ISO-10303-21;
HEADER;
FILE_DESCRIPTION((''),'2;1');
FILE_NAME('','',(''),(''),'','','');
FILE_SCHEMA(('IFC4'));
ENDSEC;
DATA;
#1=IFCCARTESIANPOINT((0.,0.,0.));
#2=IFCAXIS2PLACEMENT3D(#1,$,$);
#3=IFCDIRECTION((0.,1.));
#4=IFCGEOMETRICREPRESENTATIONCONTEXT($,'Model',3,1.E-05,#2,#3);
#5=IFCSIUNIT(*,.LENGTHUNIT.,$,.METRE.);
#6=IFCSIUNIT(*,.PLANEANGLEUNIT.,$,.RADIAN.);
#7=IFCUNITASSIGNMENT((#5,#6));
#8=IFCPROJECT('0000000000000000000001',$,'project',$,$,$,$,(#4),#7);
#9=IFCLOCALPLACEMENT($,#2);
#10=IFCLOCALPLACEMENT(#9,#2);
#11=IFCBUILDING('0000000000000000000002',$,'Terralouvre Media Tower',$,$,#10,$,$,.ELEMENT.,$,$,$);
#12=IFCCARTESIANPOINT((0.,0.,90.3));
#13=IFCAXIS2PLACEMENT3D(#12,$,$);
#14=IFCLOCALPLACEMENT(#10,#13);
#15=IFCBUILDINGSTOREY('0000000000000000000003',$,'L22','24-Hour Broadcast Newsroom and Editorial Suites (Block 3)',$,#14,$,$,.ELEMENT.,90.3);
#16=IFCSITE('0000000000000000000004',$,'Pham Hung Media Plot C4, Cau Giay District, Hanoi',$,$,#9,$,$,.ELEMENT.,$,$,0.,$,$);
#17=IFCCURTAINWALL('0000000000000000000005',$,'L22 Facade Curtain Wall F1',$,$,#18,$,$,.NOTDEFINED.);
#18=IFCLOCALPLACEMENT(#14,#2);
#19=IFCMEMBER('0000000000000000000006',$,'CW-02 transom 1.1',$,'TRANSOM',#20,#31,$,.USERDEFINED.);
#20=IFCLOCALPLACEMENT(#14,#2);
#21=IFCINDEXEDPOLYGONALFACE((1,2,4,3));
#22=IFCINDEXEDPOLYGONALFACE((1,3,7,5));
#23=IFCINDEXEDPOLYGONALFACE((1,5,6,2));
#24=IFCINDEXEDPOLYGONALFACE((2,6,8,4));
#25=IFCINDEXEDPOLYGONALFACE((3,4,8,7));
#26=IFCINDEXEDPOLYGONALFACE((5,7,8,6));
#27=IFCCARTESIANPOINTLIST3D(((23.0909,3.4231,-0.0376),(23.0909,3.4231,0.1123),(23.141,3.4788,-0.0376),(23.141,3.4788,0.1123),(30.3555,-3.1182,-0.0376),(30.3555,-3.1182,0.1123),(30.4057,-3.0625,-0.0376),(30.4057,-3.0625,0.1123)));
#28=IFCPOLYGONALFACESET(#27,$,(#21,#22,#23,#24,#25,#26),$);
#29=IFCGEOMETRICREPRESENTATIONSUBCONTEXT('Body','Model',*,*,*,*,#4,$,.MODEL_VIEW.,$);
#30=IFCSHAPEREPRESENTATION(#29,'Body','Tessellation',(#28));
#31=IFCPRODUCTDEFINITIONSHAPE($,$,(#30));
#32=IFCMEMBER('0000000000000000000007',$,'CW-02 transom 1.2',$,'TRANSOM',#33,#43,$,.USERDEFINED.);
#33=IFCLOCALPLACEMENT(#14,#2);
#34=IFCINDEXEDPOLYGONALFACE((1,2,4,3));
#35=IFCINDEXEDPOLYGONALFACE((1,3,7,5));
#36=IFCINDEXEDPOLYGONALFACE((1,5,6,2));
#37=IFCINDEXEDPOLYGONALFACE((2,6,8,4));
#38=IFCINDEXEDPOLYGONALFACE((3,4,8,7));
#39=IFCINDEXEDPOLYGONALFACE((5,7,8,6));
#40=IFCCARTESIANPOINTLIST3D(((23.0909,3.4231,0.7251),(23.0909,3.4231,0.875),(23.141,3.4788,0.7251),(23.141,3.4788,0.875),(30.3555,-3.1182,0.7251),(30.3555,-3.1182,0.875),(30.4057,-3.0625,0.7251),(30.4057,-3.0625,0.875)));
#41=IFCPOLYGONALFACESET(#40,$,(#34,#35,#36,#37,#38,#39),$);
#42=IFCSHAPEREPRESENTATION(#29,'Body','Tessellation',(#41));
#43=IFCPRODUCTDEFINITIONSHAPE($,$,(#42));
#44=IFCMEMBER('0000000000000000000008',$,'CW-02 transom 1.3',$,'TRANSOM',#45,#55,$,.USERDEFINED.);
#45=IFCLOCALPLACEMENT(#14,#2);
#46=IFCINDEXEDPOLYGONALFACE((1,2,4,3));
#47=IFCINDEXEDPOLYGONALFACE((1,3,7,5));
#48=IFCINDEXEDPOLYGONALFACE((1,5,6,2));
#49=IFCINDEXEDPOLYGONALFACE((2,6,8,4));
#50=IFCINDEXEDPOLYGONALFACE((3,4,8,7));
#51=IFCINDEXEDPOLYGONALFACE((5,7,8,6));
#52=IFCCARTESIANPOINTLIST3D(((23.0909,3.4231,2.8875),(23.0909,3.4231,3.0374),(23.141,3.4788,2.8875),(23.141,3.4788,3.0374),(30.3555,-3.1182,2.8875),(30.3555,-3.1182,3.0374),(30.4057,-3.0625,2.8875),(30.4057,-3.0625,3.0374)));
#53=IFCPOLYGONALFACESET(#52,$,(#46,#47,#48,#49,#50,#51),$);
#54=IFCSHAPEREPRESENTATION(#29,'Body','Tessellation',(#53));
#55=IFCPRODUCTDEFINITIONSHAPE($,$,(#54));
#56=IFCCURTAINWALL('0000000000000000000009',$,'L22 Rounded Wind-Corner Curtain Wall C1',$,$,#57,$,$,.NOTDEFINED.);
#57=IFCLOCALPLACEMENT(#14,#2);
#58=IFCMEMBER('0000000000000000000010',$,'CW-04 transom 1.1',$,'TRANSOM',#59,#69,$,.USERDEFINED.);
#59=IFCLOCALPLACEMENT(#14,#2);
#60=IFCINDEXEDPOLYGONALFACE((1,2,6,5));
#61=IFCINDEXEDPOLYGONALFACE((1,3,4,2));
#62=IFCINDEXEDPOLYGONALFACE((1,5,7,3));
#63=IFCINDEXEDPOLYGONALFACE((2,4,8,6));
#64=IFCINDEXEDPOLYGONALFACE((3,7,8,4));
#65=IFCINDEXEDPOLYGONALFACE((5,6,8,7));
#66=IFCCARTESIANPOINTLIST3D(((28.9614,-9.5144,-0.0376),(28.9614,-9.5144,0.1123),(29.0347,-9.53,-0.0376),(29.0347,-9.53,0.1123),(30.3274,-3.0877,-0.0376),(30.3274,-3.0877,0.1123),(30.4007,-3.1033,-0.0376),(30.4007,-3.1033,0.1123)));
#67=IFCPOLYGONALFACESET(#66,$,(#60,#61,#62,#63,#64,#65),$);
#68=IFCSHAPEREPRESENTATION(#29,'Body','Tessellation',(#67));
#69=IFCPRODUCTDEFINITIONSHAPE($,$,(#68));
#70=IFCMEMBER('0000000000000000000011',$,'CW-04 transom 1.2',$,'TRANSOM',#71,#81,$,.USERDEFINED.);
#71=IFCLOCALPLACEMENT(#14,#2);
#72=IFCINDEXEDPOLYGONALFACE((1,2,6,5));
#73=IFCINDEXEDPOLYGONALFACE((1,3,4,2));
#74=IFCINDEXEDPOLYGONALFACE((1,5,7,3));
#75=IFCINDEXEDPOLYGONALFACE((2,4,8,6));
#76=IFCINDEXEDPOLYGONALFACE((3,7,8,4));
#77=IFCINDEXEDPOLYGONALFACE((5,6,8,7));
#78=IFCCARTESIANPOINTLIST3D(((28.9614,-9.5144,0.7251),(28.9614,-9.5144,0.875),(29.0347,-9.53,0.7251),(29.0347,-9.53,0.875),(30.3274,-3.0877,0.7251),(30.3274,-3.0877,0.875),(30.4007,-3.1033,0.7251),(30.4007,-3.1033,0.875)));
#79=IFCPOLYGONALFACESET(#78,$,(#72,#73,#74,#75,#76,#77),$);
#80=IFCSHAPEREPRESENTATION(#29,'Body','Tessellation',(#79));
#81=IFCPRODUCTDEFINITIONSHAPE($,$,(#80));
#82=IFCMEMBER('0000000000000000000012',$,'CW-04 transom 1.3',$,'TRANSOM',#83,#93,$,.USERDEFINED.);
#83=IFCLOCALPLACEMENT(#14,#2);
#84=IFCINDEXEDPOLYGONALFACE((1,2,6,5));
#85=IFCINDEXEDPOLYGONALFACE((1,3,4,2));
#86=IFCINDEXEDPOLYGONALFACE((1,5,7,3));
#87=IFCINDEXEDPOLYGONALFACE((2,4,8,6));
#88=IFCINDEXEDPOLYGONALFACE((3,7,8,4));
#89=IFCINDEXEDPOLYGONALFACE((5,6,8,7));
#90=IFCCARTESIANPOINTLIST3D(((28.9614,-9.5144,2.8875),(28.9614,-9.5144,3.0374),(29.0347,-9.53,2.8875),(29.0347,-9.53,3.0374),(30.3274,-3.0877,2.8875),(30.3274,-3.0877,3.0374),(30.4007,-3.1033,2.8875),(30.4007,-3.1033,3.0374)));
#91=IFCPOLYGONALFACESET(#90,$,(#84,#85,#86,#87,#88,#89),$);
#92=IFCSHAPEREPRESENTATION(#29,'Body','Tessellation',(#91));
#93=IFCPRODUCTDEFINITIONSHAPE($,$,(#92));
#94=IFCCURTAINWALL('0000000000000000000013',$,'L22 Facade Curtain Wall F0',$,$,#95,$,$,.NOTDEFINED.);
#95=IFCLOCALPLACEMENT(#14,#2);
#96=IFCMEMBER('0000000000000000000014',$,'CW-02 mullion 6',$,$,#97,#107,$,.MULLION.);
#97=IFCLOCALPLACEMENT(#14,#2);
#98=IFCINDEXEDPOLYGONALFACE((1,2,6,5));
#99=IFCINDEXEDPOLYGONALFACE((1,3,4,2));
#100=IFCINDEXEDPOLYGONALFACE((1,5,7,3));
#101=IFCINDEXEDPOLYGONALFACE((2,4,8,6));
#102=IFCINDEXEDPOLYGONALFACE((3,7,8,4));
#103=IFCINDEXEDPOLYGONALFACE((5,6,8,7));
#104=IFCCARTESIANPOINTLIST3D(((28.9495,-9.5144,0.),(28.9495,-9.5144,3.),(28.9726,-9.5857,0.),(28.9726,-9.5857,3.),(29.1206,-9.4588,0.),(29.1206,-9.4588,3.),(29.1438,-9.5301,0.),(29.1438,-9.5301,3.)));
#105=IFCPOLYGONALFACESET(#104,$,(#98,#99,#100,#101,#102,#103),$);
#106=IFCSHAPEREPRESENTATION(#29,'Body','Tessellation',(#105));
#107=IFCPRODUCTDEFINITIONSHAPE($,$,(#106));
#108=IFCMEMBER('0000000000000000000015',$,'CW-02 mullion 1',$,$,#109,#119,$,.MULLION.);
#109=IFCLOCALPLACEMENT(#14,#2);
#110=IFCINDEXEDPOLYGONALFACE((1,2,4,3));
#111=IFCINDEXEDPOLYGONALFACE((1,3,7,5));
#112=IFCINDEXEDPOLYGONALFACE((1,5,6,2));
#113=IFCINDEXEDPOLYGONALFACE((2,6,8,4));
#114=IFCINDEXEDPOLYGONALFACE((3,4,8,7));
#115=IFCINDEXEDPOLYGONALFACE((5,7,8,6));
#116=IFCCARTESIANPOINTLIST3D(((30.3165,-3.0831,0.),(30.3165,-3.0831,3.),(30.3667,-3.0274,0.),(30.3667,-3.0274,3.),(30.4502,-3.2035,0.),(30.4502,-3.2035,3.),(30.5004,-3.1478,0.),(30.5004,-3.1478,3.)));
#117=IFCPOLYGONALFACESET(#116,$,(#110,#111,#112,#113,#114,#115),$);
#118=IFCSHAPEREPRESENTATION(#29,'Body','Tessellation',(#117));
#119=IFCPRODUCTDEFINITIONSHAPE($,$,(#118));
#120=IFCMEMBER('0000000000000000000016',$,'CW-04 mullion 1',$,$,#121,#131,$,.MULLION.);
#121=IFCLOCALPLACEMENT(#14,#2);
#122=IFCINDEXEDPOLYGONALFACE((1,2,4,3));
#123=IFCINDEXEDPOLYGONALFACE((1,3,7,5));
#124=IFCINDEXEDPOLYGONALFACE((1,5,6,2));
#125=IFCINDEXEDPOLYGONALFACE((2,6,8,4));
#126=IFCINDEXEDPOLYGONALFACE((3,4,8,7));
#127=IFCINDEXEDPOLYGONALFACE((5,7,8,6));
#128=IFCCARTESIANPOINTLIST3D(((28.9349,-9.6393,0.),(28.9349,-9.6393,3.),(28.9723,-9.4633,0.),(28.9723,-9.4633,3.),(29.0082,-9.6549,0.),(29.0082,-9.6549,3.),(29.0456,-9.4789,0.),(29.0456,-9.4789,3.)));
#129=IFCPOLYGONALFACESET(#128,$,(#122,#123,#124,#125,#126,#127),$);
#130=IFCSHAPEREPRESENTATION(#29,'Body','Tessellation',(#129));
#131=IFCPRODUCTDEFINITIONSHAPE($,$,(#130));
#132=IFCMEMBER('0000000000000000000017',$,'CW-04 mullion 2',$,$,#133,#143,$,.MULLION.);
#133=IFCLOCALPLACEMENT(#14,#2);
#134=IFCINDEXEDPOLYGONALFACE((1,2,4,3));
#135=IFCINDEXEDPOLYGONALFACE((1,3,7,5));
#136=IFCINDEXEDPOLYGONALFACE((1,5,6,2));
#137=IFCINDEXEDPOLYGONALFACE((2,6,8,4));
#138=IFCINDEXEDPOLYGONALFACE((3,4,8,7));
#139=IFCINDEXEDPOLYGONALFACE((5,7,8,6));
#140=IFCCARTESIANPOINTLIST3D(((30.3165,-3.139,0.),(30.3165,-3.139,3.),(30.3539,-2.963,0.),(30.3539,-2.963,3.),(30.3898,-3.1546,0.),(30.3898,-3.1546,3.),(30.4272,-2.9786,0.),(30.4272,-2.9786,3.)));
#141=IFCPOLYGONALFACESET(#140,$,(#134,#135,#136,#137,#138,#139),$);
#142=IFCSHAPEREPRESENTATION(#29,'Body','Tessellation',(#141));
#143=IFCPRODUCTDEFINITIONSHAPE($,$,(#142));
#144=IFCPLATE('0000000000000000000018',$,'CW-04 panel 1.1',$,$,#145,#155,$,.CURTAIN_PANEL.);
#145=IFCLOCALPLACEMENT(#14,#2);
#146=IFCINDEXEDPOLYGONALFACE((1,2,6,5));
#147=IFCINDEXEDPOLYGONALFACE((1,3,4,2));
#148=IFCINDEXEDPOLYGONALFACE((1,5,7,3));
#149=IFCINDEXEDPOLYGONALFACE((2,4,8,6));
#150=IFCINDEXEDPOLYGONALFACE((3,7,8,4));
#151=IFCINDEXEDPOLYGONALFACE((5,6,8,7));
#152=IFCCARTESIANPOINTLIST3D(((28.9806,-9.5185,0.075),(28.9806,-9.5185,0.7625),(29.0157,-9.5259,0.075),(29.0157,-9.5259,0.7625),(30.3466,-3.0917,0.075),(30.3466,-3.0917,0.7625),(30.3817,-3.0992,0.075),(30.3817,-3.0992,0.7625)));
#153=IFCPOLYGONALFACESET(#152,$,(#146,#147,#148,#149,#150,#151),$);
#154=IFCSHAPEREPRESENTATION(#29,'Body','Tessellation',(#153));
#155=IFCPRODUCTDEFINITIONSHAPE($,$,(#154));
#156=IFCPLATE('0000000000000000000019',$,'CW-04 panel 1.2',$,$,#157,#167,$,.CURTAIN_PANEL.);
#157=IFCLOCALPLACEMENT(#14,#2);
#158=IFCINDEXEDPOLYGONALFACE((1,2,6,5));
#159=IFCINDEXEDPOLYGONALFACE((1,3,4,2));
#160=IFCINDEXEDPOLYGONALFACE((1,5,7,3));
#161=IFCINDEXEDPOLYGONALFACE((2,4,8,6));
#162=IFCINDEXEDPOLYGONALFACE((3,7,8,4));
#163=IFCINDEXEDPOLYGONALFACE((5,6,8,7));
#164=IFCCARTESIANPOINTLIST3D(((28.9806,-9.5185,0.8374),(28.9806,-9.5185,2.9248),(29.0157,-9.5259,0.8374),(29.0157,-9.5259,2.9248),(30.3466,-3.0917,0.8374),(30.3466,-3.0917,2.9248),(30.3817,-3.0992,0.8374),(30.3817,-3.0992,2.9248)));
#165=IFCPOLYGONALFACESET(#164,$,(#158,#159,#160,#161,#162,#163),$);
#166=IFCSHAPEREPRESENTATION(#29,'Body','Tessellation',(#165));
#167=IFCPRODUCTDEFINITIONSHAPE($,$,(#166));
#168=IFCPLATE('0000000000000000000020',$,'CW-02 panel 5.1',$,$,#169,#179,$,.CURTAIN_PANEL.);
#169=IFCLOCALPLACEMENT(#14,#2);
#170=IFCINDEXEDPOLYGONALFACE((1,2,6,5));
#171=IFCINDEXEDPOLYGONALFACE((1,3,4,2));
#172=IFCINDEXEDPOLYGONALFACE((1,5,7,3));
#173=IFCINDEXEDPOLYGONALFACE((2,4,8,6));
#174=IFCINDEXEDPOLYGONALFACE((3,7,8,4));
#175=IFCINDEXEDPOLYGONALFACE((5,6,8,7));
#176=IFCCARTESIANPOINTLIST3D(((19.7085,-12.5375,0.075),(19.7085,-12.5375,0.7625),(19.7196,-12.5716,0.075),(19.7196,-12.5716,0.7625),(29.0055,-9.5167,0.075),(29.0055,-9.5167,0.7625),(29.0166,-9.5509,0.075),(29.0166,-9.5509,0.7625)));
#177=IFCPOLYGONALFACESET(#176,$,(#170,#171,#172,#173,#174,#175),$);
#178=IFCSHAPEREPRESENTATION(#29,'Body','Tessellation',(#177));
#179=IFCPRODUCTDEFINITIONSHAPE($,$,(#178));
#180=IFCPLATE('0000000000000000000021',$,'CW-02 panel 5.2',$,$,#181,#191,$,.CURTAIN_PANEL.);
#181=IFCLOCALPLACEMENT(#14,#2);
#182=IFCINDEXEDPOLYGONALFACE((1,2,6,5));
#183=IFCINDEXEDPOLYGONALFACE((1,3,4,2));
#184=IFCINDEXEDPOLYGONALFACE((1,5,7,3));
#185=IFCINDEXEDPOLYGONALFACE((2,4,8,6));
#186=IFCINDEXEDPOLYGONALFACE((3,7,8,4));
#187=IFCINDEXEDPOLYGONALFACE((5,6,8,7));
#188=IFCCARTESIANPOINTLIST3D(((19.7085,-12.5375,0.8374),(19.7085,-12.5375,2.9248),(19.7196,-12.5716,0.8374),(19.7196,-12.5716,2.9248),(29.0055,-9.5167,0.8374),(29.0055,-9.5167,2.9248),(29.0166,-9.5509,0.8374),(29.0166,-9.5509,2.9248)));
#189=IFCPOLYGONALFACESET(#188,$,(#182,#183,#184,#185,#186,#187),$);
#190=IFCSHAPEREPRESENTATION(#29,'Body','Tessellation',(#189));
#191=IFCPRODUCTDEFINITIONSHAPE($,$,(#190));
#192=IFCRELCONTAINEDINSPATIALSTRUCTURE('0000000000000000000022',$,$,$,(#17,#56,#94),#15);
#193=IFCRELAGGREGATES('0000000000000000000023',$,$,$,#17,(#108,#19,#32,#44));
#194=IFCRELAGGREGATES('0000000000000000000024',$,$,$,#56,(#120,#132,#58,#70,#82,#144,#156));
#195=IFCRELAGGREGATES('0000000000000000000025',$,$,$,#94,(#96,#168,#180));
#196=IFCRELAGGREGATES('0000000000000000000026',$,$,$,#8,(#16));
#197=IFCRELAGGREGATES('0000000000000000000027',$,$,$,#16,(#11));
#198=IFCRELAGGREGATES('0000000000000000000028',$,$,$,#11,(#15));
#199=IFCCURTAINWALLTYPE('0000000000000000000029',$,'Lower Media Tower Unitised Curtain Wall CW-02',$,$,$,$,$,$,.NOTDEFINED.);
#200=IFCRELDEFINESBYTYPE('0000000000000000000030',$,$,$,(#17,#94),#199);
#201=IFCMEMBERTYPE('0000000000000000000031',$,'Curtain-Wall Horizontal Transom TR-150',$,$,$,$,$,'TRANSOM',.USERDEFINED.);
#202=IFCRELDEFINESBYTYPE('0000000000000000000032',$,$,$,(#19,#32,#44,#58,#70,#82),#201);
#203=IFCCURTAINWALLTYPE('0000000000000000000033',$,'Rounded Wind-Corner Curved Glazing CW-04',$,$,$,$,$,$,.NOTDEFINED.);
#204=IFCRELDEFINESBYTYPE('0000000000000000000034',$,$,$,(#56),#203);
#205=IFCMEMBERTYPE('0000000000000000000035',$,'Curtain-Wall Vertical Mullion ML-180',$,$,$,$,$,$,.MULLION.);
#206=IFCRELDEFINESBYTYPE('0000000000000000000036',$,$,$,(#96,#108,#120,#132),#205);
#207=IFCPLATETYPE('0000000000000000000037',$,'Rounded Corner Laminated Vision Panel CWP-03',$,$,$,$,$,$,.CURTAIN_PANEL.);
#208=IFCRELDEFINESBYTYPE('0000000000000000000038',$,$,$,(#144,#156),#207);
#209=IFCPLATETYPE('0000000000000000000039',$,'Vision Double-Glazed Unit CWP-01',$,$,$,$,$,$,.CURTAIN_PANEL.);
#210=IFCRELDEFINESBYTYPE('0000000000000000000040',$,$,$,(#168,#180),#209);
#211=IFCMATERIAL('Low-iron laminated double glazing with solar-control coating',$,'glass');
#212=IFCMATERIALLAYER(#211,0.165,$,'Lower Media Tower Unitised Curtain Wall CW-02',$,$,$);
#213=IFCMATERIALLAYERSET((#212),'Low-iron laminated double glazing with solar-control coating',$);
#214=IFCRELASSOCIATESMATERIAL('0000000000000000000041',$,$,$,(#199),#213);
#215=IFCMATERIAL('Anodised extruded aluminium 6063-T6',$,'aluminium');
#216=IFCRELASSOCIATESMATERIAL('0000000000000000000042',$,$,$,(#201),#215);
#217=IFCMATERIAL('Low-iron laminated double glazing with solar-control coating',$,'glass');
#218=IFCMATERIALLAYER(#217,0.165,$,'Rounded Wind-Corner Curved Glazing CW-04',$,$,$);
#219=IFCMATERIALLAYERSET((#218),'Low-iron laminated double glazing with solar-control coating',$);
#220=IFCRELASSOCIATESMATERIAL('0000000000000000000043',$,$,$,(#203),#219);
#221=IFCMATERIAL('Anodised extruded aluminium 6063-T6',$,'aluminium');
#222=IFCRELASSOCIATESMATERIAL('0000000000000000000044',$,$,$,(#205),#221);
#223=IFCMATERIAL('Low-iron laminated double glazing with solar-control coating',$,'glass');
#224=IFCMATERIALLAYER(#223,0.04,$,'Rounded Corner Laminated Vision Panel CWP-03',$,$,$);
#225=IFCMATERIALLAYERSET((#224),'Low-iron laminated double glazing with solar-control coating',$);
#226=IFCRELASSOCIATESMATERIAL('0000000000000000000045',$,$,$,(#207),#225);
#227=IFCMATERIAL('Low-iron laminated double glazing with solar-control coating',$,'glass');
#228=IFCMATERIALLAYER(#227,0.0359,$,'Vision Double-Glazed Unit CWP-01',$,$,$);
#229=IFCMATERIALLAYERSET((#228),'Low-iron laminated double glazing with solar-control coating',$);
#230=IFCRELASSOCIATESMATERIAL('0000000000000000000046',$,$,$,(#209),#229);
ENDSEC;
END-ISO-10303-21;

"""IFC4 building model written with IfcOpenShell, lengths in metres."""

from ifc_helpers import new_model, si_unit, direction, frame, origin, origin_2d, place, context, subcontext, project, spatial, rectangle, extrude, material, layer, layer_set, material_profile, profile_set, type_object, element, aggregate, save


model = new_model("IFC4")

# Units and contexts
model_context = context("Model", 3, precision=1e-05, world=origin(), true_north=direction((0.0, 1.0)))
body_context = subcontext(model_context, "Body", "Model", "MODEL_VIEW")
ifc_project = project(units=[si_unit("LENGTHUNIT", "METRE"), si_unit("PLANEANGLEUNIT", "RADIAN")], contexts=[model_context])

# Site, building, storey
site_placement = place(None, origin())
site = spatial("IfcSite", under=ifc_project, at=site_placement, Name="Pham Hung Media Plot C4, Cau Giay District, Hanoi", CompositionType="ELEMENT", RefElevation=0.0)
building_placement = place(site_placement, origin())
building = spatial("IfcBuilding", under=site, at=building_placement, Name="Terralouvre Media Tower", CompositionType="ELEMENT")
storey_placement = place(building_placement, frame((0.0, 0.0, 90.3)))
storey = spatial("IfcBuildingStorey", under=building, at=storey_placement, Name="L22", Description="24-Hour Broadcast Newsroom and Editorial Suites (Block 3)", CompositionType="ELEMENT", Elevation=90.3)

# Curtain walls, members
ifc_material_1 = material(Name="Low-iron laminated double glazing with solar-control coating", Category="glass")
ifc_layer_1 = layer(ifc_material_1, 0.165, Name="Lower Media Tower Unitised Curtain Wall CW-02")
ifc_layer_set_1 = layer_set([ifc_layer_1], Name="Low-iron laminated double glazing with solar-control coating")
curtain_wall_type_1 = type_object("IfcCurtainWallType", Name="Lower Media Tower Unitised Curtain Wall CW-02", PredefinedType="NOTDEFINED", material=ifc_layer_set_1)
curtain_wall_1_placement = place(storey_placement, origin())
curtain_wall_1 = element("IfcCurtainWall", 1, at=curtain_wall_1_placement, inside=storey, type_object=curtain_wall_type_1, Name="L22 Facade Curtain Wall F1", PredefinedType="NOTDEFINED")
ifc_material_2 = material(Name="Anodised extruded aluminium 6063-T6", Category="aluminium")
ifc_material_profile_1 = material_profile(ifc_material_2, rectangle(XDim=0.075, YDim=0.1499, at=origin_2d()), Name="ALU 75x150")
ifc_profile_set_1 = profile_set([ifc_material_profile_1], Name="Anodised extruded aluminium 6063-T6")
member_type_1 = type_object("IfcMemberType", Name="Curtain-Wall Horizontal Transom TR-150", ElementType="TRANSOM", PredefinedType="USERDEFINED", material=ifc_profile_set_1)
member_1_placement = place(storey_placement, frame((30.3806, -3.0903, 0.0374), z_axis=(-0.743138, 0.669139, 0.0), x_axis=(-0.669139, -0.743138, 0.0)))
member_1 = element("IfcMember", 2, at=member_1_placement, type_object=member_type_1, Name="CW-02 transom 1.1", ObjectType="TRANSOM", PredefinedType="USERDEFINED", context=body_context, shape_type="SweptSolid", body=[
    extrude(rectangle(XDim=0.075, YDim=0.1499, at=origin_2d()), origin(), (0.0, 0.0, 1.0), 9.7756),
])
member_2_placement = place(storey_placement, frame((30.3806, -3.0903, 0.8), z_axis=(-0.743138, 0.669139, 0.0), x_axis=(-0.669139, -0.743138, 0.0)))
member_2 = element("IfcMember", 3, at=member_2_placement, type_object=member_type_1, Name="CW-02 transom 1.2", ObjectType="TRANSOM", PredefinedType="USERDEFINED", context=body_context, shape_type="SweptSolid", body=[
    extrude(rectangle(XDim=0.075, YDim=0.1499, at=origin_2d()), origin(), (0.0, 0.0, 1.0), 9.7756),
])
member_3_placement = place(storey_placement, frame((30.3806, -3.0903, 2.9624), z_axis=(-0.743138, 0.669139, 0.0), x_axis=(-0.669139, -0.743138, 0.0)))
member_3 = element("IfcMember", 4, at=member_3_placement, type_object=member_type_1, Name="CW-02 transom 1.3", ObjectType="TRANSOM", PredefinedType="USERDEFINED", context=body_context, shape_type="SweptSolid", body=[
    extrude(rectangle(XDim=0.075, YDim=0.1499, at=origin_2d()), origin(), (0.0, 0.0, 1.0), 9.7756),
])
ifc_material_3 = material(Name="Low-iron laminated double glazing with solar-control coating", Category="glass")
ifc_layer_2 = layer(ifc_material_3, 0.165, Name="Rounded Wind-Corner Curved Glazing CW-04")
ifc_layer_set_2 = layer_set([ifc_layer_2], Name="Low-iron laminated double glazing with solar-control coating")
curtain_wall_type_2 = type_object("IfcCurtainWallType", Name="Rounded Wind-Corner Curved Glazing CW-04", PredefinedType="NOTDEFINED", material=ifc_layer_set_2)
curtain_wall_2_placement = place(storey_placement, origin())
curtain_wall_2 = element("IfcCurtainWall", 5, at=curtain_wall_2_placement, inside=storey, type_object=curtain_wall_type_2, Name="L22 Rounded Wind-Corner Curtain Wall C1", PredefinedType="NOTDEFINED")
member_4_placement = place(storey_placement, frame((28.998, -9.5222, 0.0374), z_axis=(0.2079, 0.97815, 0.0), x_axis=(-0.97815, 0.2079, 0.0)))
member_4 = element("IfcMember", 6, at=member_4_placement, type_object=member_type_1, Name="CW-04 transom 1.1", ObjectType="TRANSOM", PredefinedType="USERDEFINED", context=body_context, shape_type="SweptSolid", body=[
    extrude(rectangle(XDim=0.075, YDim=0.1499, at=origin_2d()), origin(), (0.0, 0.0, 1.0), 6.5703),
])
member_5_placement = place(storey_placement, frame((28.998, -9.5222, 0.8), z_axis=(0.2079, 0.97815, 0.0), x_axis=(-0.97815, 0.2079, 0.0)))
member_5 = element("IfcMember", 7, at=member_5_placement, type_object=member_type_1, Name="CW-04 transom 1.2", ObjectType="TRANSOM", PredefinedType="USERDEFINED", context=body_context, shape_type="SweptSolid", body=[
    extrude(rectangle(XDim=0.075, YDim=0.1499, at=origin_2d()), origin(), (0.0, 0.0, 1.0), 6.5703),
])
member_6_placement = place(storey_placement, frame((28.998, -9.5222, 2.9624), z_axis=(0.2079, 0.97815, 0.0), x_axis=(-0.97815, 0.2079, 0.0)))
member_6 = element("IfcMember", 8, at=member_6_placement, type_object=member_type_1, Name="CW-04 transom 1.3", ObjectType="TRANSOM", PredefinedType="USERDEFINED", context=body_context, shape_type="SweptSolid", body=[
    extrude(rectangle(XDim=0.075, YDim=0.1499, at=origin_2d()), origin(), (0.0, 0.0, 1.0), 6.5703),
])

# Curtain wall, member
curtain_wall_3_placement = place(storey_placement, origin())
curtain_wall_3 = element("IfcCurtainWall", 9, at=curtain_wall_3_placement, inside=storey, type_object=curtain_wall_type_1, Name="L22 Facade Curtain Wall F0", PredefinedType="NOTDEFINED")
ifc_material_4 = material(Name="Anodised extruded aluminium 6063-T6", Category="aluminium")
ifc_material_profile_2 = material_profile(ifc_material_4, rectangle(XDim=0.075, YDim=0.1799, at=origin_2d()), Name="ALU 75x180")
ifc_profile_set_2 = profile_set([ifc_material_profile_2], Name="Anodised extruded aluminium 6063-T6")
member_type_2 = type_object("IfcMemberType", Name="Curtain-Wall Vertical Mullion ML-180", PredefinedType="MULLION", material=ifc_profile_set_2)
member_7_placement = place(storey_placement, frame((29.0466, -9.5222, 0.0), z_axis=(0.0, 0.0, 1.0), x_axis=(-0.309017, 0.951057, 0.0)))
member_7 = element("IfcMember", 10, at=member_7_placement, type_object=member_type_2, Name="CW-02 mullion 6", PredefinedType="MULLION", context=body_context, shape_type="SweptSolid", body=[
    extrude(rectangle(XDim=0.075, YDim=0.1799, at=origin_2d()), origin(), (0.0, 0.0, 1.0), 3.0),
])

# Members
member_8_placement = place(storey_placement, frame((30.4084, -3.1155, 0.0), z_axis=(0.0, 0.0, 1.0), x_axis=(-0.669131, -0.743145, 0.0)))
member_8 = element("IfcMember", 11, at=member_8_placement, type_object=member_type_2, Name="CW-02 mullion 1", PredefinedType="MULLION", context=body_context, shape_type="SweptSolid", body=[
    extrude(rectangle(XDim=0.075, YDim=0.1799, at=origin_2d()), origin(), (0.0, 0.0, 1.0), 3.0),
])
aggregate(curtain_wall_1, [member_8, member_1, member_2, member_3])
member_9_placement = place(storey_placement, frame((28.9902, -9.5591, 0.0), z_axis=(0.0, 0.0, 1.0), x_axis=(-0.978148, 0.207912, 0.0)))
member_9 = element("IfcMember", 12, at=member_9_placement, type_object=member_type_2, Name="CW-04 mullion 1", PredefinedType="MULLION", context=body_context, shape_type="SweptSolid", body=[
    extrude(rectangle(XDim=0.075, YDim=0.1799, at=origin_2d()), origin(), (0.0, 0.0, 1.0), 3.0),
])
member_10_placement = place(storey_placement, frame((30.3718, -3.0588, 0.0), z_axis=(0.0, 0.0, 1.0), x_axis=(-0.978148, 0.207912, 0.0)))
member_10 = element("IfcMember", 13, at=member_10_placement, type_object=member_type_2, Name="CW-04 mullion 2", PredefinedType="MULLION", context=body_context, shape_type="SweptSolid", body=[
    extrude(rectangle(XDim=0.075, YDim=0.1799, at=origin_2d()), origin(), (0.0, 0.0, 1.0), 3.0),
])

# Plates
ifc_material_5 = material(Name="Low-iron laminated double glazing with solar-control coating", Category="glass")
ifc_layer_3 = layer(ifc_material_5, 0.04, Name="Rounded Corner Laminated Vision Panel CWP-03")
ifc_layer_set_3 = layer_set([ifc_layer_3], Name="Low-iron laminated double glazing with solar-control coating")
plate_type_1 = type_object("IfcPlateType", Name="Rounded Corner Laminated Vision Panel CWP-03", PredefinedType="CURTAIN_PANEL", material=ifc_layer_set_3)
plate_1_placement = place(storey_placement, frame((29.6812, -6.3088, 0.075), z_axis=(0.0, 0.0, 1.0), x_axis=(0.207912, 0.978148, 0.0)))
plate_1 = element("IfcPlate", 14, at=plate_1_placement, type_object=plate_type_1, Name="CW-04 panel 1.1", PredefinedType="CURTAIN_PANEL", context=body_context, shape_type="SweptSolid", body=[
    extrude(rectangle(XDim=6.5703, YDim=0.0359, at=origin_2d()), origin(), (0.0, 0.0, 1.0), 0.6875),
])
plate_2_placement = place(storey_placement, frame((29.6812, -6.3088, 0.8374), z_axis=(0.0, 0.0, 1.0), x_axis=(0.207912, 0.978148, 0.0)))
plate_2 = element("IfcPlate", 15, at=plate_2_placement, type_object=plate_type_1, Name="CW-04 panel 1.2", PredefinedType="CURTAIN_PANEL", context=body_context, shape_type="SweptSolid", body=[
    extrude(rectangle(XDim=6.5703, YDim=0.0359, at=origin_2d()), origin(), (0.0, 0.0, 1.0), 2.0874),
])
aggregate(curtain_wall_2, [member_9, member_10, member_4, member_5, member_6, plate_1, plate_2])
ifc_material_6 = material(Name="Low-iron laminated double glazing with solar-control coating", Category="glass")
ifc_layer_4 = layer(ifc_material_6, 0.0359, Name="Vision Double-Glazed Unit CWP-01")
ifc_layer_set_4 = layer_set([ifc_layer_4], Name="Low-iron laminated double glazing with solar-control coating")
plate_type_2 = type_object("IfcPlateType", Name="Vision Double-Glazed Unit CWP-01", PredefinedType="CURTAIN_PANEL", material=ifc_layer_set_4)
plate_3_placement = place(storey_placement, frame((24.3625, -11.0442, 0.075), z_axis=(0.0, 0.0, 1.0), x_axis=(0.951057, 0.309017, 0.0)))
plate_3 = element("IfcPlate", 16, at=plate_3_placement, type_object=plate_type_2, Name="CW-02 panel 5.1", PredefinedType="CURTAIN_PANEL", context=body_context, shape_type="SweptSolid", body=[
    extrude(rectangle(XDim=9.7754, YDim=0.0359, at=origin_2d()), origin(), (0.0, 0.0, 1.0), 0.6875),
])
plate_4_placement = place(storey_placement, frame((24.3625, -11.0442, 0.8374), z_axis=(0.0, 0.0, 1.0), x_axis=(0.951057, 0.309017, 0.0)))
plate_4 = element("IfcPlate", 17, at=plate_4_placement, type_object=plate_type_2, Name="CW-02 panel 5.2", PredefinedType="CURTAIN_PANEL", context=body_context, shape_type="SweptSolid", body=[
    extrude(rectangle(XDim=9.7754, YDim=0.0359, at=origin_2d()), origin(), (0.0, 0.0, 1.0), 2.0874),
])
aggregate(curtain_wall_3, [member_7, plate_3, plate_4])

save(model, "model.ifc")
